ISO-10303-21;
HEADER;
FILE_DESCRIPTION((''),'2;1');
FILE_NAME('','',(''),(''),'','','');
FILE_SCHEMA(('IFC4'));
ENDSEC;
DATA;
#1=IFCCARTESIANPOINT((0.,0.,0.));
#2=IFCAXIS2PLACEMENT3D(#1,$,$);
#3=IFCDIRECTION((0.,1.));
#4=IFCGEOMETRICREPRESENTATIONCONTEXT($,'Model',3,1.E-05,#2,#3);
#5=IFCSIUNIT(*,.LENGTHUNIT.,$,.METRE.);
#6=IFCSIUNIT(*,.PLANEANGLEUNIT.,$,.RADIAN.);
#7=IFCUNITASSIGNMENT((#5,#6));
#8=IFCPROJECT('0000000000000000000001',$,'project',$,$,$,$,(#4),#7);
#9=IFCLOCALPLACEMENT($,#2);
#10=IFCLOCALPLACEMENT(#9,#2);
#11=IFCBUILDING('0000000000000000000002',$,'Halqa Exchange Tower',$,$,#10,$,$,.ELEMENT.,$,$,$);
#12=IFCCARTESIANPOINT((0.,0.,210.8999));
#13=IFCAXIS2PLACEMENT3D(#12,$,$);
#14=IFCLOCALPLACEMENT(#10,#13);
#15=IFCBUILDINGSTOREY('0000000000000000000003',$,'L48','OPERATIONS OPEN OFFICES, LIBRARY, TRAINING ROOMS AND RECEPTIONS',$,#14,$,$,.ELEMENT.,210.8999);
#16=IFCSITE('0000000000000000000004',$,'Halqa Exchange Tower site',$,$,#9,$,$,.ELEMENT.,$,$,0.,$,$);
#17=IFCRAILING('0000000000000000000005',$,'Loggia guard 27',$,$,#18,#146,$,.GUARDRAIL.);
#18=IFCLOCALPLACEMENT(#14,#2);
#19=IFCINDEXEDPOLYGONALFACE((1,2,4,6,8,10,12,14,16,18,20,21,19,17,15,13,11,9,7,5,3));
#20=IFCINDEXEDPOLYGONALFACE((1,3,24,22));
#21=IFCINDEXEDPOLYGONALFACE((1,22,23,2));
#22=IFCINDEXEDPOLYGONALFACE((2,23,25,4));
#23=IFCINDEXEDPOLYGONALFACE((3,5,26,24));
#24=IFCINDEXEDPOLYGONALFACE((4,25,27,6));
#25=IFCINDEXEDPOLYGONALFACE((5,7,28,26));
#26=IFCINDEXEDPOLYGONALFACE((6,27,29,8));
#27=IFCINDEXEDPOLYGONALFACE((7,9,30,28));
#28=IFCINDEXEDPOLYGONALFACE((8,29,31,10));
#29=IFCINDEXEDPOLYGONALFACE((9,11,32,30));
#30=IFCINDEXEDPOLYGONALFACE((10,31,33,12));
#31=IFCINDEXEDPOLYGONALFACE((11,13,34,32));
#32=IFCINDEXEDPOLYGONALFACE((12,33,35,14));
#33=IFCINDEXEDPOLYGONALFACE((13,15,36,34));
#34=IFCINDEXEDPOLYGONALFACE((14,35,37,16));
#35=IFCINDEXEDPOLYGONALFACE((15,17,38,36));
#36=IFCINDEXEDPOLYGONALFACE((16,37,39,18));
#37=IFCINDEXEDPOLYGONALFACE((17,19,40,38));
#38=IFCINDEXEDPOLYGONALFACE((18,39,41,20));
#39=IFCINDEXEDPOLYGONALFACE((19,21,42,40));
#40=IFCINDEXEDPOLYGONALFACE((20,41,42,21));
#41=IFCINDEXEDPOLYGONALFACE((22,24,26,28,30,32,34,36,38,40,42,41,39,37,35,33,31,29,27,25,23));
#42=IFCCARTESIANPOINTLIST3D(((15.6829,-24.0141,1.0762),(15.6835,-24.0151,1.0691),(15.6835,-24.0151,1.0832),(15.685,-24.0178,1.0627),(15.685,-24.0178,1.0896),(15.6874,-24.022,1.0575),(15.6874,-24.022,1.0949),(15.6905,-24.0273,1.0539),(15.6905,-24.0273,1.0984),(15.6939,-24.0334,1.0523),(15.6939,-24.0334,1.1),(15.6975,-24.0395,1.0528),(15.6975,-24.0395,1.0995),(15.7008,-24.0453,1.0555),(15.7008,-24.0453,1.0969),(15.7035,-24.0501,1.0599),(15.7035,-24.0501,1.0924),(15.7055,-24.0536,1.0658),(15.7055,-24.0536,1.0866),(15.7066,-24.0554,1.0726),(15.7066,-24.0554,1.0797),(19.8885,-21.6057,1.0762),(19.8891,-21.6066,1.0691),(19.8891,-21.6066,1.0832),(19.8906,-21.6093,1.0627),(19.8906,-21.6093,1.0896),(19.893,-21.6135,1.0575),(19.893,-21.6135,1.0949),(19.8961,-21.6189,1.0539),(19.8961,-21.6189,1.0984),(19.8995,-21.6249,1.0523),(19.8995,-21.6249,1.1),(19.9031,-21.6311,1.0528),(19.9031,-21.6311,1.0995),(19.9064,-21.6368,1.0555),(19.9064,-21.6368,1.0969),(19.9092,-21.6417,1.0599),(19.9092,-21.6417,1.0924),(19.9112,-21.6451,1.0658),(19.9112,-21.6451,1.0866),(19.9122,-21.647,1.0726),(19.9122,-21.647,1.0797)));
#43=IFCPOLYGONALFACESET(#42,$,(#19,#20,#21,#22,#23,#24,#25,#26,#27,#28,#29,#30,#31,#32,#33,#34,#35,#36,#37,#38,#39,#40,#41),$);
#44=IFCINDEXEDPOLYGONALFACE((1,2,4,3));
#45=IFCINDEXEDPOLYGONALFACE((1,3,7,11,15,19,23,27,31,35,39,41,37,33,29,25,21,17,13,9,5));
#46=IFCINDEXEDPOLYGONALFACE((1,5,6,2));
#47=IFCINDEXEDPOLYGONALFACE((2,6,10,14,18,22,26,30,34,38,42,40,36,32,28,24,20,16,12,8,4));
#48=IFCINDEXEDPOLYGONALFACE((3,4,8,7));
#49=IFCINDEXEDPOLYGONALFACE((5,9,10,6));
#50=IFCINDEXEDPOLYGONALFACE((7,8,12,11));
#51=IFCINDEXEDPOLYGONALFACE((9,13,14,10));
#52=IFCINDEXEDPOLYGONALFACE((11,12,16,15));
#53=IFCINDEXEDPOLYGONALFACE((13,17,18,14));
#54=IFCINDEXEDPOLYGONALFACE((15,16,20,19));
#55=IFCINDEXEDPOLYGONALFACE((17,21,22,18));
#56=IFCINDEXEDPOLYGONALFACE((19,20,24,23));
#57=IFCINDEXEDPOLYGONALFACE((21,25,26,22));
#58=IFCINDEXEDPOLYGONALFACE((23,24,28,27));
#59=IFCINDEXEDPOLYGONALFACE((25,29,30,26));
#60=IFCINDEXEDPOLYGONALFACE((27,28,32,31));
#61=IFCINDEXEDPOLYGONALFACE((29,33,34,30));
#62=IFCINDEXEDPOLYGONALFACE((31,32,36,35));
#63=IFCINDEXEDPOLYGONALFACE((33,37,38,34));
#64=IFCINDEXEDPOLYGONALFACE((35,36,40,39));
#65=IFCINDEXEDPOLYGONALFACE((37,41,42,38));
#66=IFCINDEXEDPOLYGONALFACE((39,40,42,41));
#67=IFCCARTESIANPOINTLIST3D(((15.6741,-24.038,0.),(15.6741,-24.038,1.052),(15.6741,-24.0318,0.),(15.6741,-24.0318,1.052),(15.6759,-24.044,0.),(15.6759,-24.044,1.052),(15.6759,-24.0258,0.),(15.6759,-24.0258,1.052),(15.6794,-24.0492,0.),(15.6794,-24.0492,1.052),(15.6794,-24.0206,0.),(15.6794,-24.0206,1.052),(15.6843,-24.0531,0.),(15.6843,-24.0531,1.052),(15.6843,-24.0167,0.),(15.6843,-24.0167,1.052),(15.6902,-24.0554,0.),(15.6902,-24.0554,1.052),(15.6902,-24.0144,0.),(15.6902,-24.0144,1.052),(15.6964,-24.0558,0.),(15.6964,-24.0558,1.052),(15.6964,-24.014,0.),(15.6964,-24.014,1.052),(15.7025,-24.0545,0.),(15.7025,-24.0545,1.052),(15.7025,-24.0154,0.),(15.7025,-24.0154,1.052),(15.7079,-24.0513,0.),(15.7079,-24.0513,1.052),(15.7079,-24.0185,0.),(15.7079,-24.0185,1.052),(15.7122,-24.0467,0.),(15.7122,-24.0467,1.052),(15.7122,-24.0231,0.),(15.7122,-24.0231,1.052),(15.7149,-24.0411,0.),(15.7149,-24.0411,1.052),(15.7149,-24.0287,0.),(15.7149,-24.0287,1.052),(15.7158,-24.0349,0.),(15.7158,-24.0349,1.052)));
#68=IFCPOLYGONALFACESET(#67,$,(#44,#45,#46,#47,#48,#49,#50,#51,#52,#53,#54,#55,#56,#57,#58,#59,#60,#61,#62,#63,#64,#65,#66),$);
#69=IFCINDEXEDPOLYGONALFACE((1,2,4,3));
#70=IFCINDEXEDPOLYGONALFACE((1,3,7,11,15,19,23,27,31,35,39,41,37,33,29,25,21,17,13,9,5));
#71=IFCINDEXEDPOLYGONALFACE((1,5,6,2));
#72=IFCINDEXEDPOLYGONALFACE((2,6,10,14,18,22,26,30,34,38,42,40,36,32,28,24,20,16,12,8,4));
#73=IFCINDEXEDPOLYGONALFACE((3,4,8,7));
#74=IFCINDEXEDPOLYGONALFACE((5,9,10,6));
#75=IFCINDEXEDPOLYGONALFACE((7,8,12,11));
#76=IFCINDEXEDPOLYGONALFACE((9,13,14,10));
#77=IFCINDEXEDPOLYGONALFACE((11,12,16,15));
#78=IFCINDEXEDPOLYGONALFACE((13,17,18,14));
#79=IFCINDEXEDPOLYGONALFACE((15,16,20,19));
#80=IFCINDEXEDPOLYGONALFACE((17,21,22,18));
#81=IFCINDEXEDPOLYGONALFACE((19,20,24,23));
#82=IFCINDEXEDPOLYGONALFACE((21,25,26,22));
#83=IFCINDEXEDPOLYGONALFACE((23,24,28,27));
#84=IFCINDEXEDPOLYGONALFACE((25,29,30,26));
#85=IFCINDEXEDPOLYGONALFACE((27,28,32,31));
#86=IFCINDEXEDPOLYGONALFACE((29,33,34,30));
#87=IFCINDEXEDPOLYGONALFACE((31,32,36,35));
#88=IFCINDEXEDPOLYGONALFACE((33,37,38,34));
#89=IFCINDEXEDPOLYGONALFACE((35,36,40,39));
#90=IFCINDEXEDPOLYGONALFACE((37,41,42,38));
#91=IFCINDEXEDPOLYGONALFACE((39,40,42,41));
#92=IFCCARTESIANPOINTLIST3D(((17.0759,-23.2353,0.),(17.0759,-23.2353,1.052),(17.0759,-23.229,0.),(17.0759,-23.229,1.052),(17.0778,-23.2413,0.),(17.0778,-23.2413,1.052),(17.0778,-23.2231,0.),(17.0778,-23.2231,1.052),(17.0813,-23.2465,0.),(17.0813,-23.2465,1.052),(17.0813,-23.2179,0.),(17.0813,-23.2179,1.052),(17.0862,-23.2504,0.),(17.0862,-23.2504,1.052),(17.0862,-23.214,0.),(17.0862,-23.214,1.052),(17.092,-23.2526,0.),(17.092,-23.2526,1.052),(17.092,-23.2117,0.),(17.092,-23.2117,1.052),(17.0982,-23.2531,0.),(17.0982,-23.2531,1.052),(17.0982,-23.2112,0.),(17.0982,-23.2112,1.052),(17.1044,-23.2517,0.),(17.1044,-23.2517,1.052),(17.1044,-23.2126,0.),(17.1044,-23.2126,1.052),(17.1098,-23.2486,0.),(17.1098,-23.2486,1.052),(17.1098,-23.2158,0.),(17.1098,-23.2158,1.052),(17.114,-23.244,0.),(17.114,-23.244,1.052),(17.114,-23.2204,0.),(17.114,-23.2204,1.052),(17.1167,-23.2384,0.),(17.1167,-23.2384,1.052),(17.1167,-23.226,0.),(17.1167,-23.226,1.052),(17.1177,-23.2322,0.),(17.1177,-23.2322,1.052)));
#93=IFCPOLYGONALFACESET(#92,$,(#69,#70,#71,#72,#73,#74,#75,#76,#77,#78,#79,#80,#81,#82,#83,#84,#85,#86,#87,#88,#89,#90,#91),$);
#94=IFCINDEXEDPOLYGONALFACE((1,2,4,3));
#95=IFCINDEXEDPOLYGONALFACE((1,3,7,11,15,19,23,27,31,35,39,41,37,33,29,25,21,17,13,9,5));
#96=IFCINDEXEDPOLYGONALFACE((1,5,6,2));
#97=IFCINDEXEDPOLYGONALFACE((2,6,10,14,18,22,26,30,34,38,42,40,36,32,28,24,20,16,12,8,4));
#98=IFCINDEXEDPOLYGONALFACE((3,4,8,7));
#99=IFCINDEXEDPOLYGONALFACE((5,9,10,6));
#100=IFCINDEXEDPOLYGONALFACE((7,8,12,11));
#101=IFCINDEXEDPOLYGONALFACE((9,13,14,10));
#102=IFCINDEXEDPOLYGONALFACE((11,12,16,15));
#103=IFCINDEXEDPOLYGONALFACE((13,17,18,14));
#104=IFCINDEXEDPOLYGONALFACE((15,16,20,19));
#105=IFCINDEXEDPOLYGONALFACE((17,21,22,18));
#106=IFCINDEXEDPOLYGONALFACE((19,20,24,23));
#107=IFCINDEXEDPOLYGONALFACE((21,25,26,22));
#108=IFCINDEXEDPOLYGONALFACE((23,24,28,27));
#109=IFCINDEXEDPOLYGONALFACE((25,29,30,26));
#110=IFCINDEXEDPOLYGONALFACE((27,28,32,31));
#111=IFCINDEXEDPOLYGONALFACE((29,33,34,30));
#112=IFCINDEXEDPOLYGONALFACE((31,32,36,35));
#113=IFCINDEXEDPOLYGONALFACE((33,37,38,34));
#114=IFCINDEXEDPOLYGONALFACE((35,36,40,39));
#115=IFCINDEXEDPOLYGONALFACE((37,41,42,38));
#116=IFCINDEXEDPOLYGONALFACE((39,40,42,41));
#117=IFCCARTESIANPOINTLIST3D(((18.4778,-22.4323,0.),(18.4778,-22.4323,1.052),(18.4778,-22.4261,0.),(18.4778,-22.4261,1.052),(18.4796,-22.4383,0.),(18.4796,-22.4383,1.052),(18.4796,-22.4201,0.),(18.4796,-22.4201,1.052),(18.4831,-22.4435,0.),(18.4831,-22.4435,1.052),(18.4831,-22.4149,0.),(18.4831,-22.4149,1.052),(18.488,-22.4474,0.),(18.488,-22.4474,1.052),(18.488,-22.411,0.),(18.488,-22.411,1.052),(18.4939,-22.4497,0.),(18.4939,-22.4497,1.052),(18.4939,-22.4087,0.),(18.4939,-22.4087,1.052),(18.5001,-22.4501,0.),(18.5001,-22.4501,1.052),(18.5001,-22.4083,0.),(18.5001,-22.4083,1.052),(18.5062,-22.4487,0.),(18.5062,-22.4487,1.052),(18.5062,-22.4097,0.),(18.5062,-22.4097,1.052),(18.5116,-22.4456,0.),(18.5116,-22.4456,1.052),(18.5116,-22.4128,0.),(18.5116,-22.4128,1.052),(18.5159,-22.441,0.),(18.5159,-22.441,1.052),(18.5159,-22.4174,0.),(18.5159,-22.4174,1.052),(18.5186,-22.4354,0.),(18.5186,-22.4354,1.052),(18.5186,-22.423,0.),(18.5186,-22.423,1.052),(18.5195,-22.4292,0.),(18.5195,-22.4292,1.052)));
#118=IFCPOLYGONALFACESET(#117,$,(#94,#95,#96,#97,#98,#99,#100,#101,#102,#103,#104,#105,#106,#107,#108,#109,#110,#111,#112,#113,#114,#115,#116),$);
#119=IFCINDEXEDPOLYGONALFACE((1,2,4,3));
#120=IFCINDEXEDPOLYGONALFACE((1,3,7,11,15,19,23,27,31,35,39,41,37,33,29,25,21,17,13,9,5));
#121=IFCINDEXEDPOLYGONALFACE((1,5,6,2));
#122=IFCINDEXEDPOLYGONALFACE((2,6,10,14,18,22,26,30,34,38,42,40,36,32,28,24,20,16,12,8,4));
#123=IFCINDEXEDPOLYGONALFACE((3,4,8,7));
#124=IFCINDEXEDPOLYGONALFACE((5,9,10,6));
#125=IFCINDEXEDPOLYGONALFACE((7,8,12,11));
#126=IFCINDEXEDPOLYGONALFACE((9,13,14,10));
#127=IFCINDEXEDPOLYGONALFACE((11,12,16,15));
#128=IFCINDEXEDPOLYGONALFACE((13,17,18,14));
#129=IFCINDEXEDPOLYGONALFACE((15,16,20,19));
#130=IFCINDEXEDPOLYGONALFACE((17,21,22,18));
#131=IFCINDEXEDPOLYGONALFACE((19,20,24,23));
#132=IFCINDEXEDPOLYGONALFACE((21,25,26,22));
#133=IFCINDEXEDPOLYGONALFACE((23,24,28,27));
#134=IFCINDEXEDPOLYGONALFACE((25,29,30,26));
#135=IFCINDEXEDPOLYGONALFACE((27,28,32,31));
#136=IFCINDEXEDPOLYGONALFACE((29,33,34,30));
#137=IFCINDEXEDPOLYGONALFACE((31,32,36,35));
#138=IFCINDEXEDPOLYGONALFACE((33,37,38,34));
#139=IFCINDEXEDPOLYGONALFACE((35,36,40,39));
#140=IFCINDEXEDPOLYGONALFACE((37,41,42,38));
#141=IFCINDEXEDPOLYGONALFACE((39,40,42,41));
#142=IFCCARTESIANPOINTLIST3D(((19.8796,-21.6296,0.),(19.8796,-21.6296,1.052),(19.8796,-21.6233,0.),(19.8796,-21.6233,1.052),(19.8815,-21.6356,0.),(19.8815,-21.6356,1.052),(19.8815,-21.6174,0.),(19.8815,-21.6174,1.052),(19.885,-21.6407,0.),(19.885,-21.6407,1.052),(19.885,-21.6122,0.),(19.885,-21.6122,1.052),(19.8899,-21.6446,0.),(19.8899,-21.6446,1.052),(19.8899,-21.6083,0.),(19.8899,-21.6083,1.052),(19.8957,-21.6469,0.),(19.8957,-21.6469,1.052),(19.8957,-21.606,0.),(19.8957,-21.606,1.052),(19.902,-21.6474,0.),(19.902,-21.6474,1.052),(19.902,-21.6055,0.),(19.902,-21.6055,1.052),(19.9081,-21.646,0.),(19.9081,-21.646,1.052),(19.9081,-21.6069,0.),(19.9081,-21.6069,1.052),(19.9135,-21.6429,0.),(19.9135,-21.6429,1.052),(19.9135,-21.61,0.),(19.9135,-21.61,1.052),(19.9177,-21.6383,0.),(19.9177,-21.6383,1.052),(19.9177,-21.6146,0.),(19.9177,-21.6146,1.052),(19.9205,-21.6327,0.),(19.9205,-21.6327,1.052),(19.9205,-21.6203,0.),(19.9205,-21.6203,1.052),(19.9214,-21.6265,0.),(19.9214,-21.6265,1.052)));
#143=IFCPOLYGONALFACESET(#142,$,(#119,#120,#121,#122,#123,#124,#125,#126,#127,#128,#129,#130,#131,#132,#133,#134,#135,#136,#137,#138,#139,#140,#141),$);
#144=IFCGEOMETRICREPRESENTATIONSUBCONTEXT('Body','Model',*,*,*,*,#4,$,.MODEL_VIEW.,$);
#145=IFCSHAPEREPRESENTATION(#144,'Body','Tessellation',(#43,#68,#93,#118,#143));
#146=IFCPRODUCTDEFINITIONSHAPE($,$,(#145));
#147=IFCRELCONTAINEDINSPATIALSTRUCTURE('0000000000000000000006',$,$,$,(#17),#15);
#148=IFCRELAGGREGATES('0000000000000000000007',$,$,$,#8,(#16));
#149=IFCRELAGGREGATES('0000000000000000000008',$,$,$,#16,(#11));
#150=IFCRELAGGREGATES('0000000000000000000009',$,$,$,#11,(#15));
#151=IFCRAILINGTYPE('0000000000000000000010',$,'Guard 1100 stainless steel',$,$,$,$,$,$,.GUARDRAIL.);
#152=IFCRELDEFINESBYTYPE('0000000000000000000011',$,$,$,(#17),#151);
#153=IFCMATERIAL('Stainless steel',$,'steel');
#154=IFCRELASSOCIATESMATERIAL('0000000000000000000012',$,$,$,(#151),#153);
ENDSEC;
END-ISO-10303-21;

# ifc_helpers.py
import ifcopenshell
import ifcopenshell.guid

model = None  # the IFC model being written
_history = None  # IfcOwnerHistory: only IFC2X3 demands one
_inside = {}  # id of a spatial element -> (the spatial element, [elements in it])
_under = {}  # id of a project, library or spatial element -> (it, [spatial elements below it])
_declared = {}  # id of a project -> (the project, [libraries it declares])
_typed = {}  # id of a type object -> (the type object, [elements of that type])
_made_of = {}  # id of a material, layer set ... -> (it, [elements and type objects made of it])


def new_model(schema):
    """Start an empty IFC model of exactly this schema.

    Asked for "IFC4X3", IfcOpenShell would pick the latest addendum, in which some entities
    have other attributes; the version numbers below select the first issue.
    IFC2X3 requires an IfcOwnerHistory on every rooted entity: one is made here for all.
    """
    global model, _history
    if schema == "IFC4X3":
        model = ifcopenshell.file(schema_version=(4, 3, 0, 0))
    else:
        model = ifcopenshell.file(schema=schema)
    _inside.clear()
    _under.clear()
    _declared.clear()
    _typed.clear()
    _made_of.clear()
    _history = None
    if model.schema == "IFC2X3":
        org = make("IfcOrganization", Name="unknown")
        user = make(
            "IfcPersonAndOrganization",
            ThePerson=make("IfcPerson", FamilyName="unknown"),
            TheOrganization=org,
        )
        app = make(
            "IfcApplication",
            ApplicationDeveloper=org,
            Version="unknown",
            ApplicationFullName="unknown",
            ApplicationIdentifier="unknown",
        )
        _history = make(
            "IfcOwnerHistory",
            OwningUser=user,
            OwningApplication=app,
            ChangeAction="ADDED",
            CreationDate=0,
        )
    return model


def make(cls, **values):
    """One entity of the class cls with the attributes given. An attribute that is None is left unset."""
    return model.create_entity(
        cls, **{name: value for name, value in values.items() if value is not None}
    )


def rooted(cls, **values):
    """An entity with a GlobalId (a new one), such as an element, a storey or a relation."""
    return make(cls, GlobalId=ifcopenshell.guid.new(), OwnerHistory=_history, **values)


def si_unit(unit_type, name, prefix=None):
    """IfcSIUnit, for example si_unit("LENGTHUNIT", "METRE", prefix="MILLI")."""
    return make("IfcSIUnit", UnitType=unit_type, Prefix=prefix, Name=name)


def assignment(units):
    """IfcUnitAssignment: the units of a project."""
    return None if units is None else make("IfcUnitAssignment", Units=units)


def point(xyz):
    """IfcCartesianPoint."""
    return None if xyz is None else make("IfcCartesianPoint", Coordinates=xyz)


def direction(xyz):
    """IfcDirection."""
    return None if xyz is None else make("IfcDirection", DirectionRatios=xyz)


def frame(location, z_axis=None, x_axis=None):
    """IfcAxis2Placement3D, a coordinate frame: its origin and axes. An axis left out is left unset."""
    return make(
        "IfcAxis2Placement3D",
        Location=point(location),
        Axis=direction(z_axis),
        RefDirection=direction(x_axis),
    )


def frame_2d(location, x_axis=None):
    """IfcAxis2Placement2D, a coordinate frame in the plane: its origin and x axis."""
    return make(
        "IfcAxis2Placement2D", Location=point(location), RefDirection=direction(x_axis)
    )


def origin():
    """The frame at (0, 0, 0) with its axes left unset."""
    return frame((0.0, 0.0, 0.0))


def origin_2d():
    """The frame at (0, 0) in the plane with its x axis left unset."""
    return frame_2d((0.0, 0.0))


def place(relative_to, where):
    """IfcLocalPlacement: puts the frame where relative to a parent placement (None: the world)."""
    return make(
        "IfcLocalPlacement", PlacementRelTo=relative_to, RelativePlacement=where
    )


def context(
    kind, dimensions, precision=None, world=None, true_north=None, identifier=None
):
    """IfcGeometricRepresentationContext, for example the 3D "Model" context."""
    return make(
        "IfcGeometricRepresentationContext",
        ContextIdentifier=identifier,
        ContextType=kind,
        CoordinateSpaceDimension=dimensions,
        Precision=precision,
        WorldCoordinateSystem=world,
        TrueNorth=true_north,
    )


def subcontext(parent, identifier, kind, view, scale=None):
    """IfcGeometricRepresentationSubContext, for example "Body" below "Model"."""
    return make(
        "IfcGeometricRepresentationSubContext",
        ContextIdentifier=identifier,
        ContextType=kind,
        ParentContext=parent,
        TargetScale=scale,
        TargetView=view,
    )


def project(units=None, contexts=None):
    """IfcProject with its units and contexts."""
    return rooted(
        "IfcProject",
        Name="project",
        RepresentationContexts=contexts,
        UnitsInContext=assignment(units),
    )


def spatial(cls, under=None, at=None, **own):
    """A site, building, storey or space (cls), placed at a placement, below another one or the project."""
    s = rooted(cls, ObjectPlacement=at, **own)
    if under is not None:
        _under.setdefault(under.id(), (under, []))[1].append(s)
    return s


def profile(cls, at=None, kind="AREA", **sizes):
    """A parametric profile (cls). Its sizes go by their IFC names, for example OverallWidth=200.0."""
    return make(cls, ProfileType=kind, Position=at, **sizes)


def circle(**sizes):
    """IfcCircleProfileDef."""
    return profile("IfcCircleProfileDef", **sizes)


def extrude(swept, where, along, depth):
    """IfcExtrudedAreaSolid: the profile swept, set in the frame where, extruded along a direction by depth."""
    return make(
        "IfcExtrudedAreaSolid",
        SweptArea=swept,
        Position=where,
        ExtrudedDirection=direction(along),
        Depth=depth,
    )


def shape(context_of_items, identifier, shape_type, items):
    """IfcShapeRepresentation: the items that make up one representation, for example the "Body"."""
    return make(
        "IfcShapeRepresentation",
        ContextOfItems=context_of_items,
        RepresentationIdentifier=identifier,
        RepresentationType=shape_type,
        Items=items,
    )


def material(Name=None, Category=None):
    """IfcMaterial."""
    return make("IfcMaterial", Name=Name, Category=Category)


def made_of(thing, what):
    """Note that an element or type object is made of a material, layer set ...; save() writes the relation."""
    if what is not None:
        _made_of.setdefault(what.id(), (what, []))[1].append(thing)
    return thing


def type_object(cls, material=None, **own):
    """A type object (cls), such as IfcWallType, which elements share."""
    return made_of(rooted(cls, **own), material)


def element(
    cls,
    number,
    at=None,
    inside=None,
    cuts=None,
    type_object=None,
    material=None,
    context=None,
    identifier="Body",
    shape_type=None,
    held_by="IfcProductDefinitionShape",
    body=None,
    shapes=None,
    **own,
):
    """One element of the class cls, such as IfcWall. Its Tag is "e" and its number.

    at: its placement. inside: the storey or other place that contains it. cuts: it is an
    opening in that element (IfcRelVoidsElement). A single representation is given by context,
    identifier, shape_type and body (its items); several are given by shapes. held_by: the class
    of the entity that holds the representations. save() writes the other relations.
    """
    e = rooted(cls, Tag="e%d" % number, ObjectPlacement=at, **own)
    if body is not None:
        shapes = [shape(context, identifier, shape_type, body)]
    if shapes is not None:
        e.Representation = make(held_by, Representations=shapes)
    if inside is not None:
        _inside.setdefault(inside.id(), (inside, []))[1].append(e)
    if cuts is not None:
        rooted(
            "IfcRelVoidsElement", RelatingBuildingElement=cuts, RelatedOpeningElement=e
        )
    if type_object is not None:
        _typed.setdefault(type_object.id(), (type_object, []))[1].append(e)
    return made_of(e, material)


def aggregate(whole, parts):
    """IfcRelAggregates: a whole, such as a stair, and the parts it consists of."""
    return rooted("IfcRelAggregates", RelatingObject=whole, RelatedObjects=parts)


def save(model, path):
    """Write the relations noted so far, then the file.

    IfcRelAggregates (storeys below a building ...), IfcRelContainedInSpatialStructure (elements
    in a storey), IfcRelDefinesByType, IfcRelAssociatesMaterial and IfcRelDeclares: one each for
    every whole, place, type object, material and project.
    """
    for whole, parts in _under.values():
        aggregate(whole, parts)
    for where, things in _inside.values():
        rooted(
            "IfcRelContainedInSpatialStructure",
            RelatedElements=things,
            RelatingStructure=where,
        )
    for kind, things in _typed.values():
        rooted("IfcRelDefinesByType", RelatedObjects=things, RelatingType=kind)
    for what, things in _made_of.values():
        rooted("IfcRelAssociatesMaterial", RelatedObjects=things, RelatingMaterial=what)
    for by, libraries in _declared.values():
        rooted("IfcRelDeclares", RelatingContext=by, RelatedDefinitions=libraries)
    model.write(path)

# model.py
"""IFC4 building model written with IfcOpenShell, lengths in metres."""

from ifc_helpers import new_model, si_unit, direction, frame, origin, origin_2d, place, context, subcontext, project, spatial, circle, extrude, material, type_object, element, save


model = new_model("IFC4")

# Units and contexts
model_context = context("Model", 3, precision=1e-05, world=origin(), true_north=direction((0.0, 1.0)))
body_context = subcontext(model_context, "Body", "Model", "MODEL_VIEW")
ifc_project = project(units=[si_unit("LENGTHUNIT", "METRE"), si_unit("PLANEANGLEUNIT", "RADIAN")], contexts=[model_context])

# Site, building, storey
site_placement = place(None, origin())
site = spatial("IfcSite", under=ifc_project, at=site_placement, Name="Halqa Exchange Tower site", CompositionType="ELEMENT", RefElevation=0.0)
building_placement = place(site_placement, origin())
building = spatial("IfcBuilding", under=site, at=building_placement, Name="Halqa Exchange Tower", CompositionType="ELEMENT")
storey_placement = place(building_placement, frame((0.0, 0.0, 210.8999)))
storey = spatial("IfcBuildingStorey", under=building, at=storey_placement, Name="L48", Description="OPERATIONS OPEN OFFICES, LIBRARY, TRAINING ROOMS AND RECEPTIONS", CompositionType="ELEMENT", Elevation=210.8999)

# Railing
ifc_material_1 = material(Name="Stainless steel", Category="steel")
railing_type = type_object("IfcRailingType", Name="Guard 1100 stainless steel", PredefinedType="GUARDRAIL", material=ifc_material_1)
railing_1_placement = place(storey_placement, frame((15.6948, -24.0349, 0.0)))
element("IfcRailing", 1, at=railing_1_placement, inside=storey, type_object=railing_type, Name="Loggia guard 27", PredefinedType="GUARDRAIL", context=body_context, shape_type="SweptSolid", body=[
    extrude(circle(Radius=0.0239, at=origin_2d()), frame((0.0, 0.0, 1.0762), z_axis=(0.867775, 0.496958, 0.0), x_axis=(-0.496958, 0.867775, 0.0)), (0.0, 0.0, 1.0), 4.8464),
    extrude(circle(Radius=0.021, at=origin_2d()), origin(), (0.0, 0.0, 1.0), 1.052),
    extrude(circle(Radius=0.021, at=origin_2d()), frame((1.4019, 0.8027, 0.0)), (0.0, 0.0, 1.0), 1.052),
    extrude(circle(Radius=0.021, at=origin_2d()), frame((2.8037, 1.6057, 0.0)), (0.0, 0.0, 1.0), 1.052),
    extrude(circle(Radius=0.021, at=origin_2d()), frame((4.2056, 2.4084, 0.0)), (0.0, 0.0, 1.0), 1.052),
])

save(model, "model.ifc")
